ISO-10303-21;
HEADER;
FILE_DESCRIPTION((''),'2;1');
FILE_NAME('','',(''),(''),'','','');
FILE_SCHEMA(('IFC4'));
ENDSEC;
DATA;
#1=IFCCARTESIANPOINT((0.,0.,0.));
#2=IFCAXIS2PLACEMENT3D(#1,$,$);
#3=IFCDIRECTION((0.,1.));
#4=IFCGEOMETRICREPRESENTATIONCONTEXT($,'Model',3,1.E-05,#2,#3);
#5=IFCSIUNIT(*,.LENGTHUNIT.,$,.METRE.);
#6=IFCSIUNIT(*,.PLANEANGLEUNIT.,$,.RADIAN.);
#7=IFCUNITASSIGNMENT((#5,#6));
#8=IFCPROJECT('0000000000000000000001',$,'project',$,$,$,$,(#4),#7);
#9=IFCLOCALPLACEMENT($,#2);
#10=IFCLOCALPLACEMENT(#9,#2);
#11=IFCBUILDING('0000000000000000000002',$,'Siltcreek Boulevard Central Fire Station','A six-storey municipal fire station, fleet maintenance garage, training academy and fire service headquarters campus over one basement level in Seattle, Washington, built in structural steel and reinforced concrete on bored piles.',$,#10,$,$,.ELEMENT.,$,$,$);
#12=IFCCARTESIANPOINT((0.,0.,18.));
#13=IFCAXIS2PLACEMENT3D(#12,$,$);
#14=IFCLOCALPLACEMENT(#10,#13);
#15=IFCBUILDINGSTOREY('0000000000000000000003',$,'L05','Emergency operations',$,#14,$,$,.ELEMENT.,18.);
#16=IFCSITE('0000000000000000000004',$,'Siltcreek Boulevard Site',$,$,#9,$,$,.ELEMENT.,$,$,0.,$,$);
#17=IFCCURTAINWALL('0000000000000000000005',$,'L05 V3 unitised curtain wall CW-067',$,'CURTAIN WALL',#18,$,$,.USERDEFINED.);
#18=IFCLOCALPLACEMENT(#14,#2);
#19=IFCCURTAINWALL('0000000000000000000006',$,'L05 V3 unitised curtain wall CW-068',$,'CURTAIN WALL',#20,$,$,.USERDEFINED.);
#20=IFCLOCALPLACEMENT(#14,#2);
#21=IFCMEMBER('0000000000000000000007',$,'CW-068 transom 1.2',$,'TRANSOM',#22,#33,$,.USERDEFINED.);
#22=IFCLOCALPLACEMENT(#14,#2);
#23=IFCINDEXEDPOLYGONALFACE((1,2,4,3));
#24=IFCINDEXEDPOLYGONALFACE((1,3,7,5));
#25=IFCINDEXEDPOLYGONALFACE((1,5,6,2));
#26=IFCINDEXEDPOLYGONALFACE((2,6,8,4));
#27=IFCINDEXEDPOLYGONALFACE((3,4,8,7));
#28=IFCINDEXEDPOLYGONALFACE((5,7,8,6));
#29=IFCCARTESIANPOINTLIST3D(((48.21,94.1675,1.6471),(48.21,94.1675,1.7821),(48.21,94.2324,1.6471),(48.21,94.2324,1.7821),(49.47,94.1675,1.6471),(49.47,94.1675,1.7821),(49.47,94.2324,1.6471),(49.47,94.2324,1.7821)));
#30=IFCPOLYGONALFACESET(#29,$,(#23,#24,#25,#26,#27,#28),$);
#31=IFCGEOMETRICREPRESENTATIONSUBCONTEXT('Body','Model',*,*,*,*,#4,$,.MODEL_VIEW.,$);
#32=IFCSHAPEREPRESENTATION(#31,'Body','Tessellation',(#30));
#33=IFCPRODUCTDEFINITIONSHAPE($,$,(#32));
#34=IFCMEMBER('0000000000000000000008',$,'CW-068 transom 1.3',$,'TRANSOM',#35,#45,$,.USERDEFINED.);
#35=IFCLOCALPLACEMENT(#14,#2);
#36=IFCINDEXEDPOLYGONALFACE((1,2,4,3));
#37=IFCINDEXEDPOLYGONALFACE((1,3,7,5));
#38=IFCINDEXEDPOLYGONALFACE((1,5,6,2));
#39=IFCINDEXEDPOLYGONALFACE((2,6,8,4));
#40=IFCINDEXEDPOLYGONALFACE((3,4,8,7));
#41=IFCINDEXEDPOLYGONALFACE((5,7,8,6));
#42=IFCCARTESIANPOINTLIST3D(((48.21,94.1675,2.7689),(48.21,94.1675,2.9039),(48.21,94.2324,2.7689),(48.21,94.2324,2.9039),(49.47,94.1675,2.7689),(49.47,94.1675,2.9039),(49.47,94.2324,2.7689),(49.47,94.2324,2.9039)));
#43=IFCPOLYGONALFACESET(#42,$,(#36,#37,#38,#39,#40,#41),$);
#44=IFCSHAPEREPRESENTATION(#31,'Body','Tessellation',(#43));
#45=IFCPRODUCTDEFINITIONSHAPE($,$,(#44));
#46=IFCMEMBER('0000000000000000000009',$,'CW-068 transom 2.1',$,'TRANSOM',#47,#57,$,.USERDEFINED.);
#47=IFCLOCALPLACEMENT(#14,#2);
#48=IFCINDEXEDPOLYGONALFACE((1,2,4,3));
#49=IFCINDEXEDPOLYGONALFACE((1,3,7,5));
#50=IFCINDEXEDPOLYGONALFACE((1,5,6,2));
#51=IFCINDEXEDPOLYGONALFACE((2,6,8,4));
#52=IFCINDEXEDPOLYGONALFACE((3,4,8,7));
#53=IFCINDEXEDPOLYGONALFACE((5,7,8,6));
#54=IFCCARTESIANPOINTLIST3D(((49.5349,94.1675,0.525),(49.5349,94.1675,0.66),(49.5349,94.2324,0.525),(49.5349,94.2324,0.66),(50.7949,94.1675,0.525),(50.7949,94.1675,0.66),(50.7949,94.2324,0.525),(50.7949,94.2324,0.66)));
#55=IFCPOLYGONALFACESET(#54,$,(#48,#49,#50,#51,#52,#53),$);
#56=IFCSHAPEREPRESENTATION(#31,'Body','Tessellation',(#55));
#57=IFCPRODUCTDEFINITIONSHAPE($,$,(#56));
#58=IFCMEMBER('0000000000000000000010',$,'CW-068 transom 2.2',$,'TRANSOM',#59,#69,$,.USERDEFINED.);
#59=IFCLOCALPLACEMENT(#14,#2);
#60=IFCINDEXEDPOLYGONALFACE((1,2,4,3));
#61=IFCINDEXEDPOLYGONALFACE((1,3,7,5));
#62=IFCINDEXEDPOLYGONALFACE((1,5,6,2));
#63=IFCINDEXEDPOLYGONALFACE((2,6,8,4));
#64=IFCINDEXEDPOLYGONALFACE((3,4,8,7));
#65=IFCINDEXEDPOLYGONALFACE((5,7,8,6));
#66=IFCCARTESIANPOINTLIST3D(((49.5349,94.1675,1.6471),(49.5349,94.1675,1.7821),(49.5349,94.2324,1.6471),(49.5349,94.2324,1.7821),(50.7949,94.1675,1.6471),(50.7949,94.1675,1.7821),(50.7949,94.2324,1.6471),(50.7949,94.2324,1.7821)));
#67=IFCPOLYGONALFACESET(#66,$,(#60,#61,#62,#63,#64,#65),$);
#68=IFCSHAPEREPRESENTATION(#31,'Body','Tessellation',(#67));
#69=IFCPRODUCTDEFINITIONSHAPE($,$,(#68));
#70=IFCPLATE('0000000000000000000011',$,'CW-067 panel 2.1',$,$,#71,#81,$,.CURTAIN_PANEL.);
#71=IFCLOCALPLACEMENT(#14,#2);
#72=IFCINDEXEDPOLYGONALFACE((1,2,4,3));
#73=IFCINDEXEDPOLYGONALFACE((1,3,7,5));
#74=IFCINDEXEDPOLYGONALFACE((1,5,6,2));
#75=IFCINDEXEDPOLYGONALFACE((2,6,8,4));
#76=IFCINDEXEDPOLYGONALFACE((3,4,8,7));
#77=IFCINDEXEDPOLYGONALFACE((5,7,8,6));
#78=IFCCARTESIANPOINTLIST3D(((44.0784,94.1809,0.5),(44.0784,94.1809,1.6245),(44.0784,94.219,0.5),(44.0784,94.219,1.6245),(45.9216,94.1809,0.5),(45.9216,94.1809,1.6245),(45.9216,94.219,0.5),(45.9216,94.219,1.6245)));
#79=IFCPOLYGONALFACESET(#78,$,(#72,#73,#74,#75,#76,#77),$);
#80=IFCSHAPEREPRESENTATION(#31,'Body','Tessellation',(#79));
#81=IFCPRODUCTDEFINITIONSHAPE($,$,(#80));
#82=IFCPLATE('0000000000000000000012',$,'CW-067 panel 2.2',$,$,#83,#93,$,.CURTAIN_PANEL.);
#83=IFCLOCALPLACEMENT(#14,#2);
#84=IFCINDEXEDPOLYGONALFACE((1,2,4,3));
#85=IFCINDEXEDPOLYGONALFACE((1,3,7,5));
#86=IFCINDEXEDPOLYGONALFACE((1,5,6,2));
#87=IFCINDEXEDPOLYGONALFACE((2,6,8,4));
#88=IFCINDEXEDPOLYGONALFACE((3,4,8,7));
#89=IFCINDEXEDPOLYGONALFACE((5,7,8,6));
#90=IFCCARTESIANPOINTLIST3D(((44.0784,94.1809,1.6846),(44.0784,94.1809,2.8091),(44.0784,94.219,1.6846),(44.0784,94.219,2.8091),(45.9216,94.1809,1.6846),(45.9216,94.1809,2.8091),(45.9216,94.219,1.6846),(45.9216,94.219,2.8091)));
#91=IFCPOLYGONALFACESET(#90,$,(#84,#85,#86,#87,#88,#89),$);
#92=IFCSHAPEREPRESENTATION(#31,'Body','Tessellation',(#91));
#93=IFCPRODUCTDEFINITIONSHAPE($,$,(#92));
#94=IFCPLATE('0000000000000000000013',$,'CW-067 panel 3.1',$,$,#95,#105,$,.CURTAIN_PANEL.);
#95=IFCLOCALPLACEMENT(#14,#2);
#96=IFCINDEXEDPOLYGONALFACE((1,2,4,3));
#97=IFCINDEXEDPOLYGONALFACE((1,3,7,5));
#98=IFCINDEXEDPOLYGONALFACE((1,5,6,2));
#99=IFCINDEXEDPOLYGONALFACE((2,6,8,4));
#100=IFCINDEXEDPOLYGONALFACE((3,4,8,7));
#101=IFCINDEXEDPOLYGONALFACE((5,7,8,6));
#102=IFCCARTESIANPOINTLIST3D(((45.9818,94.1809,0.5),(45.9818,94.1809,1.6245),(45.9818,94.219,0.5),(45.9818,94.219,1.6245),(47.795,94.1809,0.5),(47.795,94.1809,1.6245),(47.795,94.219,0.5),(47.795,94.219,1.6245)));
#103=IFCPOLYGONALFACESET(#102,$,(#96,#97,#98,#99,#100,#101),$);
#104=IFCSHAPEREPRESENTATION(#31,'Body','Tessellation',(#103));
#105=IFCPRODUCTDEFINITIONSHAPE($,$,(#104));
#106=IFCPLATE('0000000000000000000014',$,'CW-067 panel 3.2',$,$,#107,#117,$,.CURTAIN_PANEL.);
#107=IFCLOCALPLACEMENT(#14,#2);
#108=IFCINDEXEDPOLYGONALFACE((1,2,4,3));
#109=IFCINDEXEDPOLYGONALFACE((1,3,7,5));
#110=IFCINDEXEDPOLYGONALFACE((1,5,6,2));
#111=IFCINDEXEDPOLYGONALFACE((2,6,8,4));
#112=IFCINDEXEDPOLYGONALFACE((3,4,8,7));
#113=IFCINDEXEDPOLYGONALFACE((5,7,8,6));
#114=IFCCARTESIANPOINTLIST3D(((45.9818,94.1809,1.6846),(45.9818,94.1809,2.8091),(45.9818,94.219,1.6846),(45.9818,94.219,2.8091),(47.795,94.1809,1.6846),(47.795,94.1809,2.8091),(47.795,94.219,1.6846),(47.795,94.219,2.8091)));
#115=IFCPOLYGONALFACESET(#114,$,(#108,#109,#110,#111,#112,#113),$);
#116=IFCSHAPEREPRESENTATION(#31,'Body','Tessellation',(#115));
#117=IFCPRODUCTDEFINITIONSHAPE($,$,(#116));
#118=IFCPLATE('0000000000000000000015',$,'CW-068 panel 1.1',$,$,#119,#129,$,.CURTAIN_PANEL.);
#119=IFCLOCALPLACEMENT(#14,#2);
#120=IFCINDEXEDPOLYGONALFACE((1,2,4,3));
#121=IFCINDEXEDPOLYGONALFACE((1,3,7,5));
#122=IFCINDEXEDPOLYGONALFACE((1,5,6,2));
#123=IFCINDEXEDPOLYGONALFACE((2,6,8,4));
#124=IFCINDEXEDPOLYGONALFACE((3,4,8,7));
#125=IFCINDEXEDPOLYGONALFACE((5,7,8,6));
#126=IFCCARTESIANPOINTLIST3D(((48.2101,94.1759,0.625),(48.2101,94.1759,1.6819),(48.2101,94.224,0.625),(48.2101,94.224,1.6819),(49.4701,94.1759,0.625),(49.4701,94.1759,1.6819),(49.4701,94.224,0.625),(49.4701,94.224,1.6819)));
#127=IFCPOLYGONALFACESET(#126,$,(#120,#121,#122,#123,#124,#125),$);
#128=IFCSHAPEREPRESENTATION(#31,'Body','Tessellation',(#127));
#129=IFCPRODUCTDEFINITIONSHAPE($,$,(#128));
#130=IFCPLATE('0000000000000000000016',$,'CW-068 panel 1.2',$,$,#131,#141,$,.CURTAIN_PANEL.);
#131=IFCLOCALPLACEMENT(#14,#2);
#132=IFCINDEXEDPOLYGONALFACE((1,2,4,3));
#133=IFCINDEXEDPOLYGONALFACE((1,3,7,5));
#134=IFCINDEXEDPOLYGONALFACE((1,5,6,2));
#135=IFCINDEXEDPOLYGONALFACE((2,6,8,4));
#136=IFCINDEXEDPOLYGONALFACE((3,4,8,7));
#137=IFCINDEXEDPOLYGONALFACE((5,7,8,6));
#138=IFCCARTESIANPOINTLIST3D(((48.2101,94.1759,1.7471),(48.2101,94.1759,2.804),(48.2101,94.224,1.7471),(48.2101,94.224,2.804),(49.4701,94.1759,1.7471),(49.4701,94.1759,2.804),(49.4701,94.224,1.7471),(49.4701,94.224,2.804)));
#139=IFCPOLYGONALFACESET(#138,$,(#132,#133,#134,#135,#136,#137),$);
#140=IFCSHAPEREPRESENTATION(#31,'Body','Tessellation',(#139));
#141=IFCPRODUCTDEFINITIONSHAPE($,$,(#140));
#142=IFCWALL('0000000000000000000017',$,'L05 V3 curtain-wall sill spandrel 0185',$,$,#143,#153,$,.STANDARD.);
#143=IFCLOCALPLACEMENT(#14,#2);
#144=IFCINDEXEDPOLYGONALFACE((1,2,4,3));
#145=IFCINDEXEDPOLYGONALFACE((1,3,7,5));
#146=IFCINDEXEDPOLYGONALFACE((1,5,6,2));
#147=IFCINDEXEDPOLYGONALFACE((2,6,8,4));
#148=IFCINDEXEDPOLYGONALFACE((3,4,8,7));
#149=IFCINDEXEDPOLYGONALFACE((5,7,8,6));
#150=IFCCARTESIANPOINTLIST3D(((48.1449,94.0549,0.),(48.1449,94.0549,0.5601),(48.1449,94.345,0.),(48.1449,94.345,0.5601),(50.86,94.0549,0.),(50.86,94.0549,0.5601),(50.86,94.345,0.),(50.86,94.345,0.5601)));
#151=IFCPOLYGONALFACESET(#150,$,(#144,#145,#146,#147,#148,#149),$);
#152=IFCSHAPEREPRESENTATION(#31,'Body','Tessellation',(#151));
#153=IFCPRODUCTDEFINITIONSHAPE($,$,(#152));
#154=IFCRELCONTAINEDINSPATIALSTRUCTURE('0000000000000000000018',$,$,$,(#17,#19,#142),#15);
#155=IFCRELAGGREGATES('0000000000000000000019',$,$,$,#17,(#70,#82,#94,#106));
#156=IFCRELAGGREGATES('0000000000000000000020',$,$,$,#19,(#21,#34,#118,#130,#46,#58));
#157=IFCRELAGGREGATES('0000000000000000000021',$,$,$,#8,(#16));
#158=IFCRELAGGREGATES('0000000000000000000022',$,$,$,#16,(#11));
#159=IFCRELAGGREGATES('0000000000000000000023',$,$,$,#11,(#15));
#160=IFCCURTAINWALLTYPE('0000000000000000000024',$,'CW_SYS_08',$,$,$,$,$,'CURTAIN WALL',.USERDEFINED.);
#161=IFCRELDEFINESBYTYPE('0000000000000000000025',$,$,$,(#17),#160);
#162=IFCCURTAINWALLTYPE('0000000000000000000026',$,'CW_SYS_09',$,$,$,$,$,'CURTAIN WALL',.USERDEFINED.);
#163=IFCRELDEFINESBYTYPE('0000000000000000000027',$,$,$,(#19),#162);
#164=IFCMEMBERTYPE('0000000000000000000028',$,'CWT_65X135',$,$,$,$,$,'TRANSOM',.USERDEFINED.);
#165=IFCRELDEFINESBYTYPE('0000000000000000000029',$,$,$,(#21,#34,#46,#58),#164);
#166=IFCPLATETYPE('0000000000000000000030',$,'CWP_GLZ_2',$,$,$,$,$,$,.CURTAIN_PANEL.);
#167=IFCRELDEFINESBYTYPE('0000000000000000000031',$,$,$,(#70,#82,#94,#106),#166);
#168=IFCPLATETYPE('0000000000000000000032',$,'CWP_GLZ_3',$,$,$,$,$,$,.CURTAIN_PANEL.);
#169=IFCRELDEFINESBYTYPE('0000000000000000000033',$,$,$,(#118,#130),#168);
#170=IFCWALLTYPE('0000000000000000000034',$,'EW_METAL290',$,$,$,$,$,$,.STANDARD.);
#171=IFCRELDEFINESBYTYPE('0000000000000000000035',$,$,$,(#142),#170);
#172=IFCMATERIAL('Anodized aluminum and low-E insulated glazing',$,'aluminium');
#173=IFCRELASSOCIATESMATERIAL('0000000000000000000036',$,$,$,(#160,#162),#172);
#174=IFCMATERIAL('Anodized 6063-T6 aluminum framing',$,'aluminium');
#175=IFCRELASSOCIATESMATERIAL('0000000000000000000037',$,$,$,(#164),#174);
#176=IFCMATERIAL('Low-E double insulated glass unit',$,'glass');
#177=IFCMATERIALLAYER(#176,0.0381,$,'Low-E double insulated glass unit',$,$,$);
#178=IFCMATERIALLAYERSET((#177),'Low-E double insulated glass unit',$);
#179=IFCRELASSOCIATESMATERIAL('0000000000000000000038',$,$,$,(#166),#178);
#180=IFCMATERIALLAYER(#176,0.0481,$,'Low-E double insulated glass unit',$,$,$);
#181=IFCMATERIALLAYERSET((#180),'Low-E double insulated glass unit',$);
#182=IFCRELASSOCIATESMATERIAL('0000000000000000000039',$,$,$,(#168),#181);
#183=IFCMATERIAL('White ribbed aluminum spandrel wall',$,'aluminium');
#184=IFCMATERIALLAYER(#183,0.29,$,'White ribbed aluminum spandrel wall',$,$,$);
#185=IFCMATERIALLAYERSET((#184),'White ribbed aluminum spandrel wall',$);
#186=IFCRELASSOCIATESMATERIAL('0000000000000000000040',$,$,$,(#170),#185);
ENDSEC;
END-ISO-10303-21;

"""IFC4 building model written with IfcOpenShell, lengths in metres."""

from ifc_helpers import new_model, si_unit, direction, frame, frame_2d, origin, origin_2d, place, context, subcontext, project, spatial, rectangle, extrude, material, layer, layer_set, material_profile, profile_set, type_object, element, aggregate, save


model = new_model("IFC4")

# Units and contexts
model_context = context("Model", 3, precision=1e-05, world=origin(), true_north=direction((0.0, 1.0)))
body_context = subcontext(model_context, "Body", "Model", "MODEL_VIEW")
ifc_project = project(units=[si_unit("LENGTHUNIT", "METRE"), si_unit("PLANEANGLEUNIT", "RADIAN")], contexts=[model_context])

# Site, building, storey
site_placement = place(None, origin())
site = spatial("IfcSite", under=ifc_project, at=site_placement, Name="Siltcreek Boulevard Site", CompositionType="ELEMENT", RefElevation=0.0)
building_placement = place(site_placement, origin())
building = spatial("IfcBuilding", under=site, at=building_placement, Name="Siltcreek Boulevard Central Fire Station", Description="A six-storey municipal fire station, fleet maintenance garage, training academy and fire service headquarters campus over one basement level in Seattle, Washington, built in structural steel and reinforced concrete on bored piles.", CompositionType="ELEMENT")
storey_placement = place(building_placement, frame((0.0, 0.0, 18.0)))
storey = spatial("IfcBuildingStorey", under=building, at=storey_placement, Name="L05", Description="Emergency operations", CompositionType="ELEMENT", Elevation=18.0)

# Curtain walls
ifc_material_1 = material(Name="Anodized aluminum and low-E insulated glazing", Category="aluminium")
curtain_wall_type_1 = type_object("IfcCurtainWallType", Name="CW_SYS_08", ElementType="CURTAIN WALL", PredefinedType="USERDEFINED", material=ifc_material_1)
curtain_wall_1_placement = place(storey_placement, origin())
curtain_wall_1 = element("IfcCurtainWall", 1, at=curtain_wall_1_placement, inside=storey, type_object=curtain_wall_type_1, Name="L05 V3 unitised curtain wall CW-067", ObjectType="CURTAIN WALL", PredefinedType="USERDEFINED")
ifc_material_2 = material(Name="Anodized 6063-T6 aluminum framing", Category="aluminium")
curtain_wall_type_2 = type_object("IfcCurtainWallType", Name="CW_SYS_09", ElementType="CURTAIN WALL", PredefinedType="USERDEFINED", material=ifc_material_1)
curtain_wall_2_placement = place(storey_placement, origin())
curtain_wall_2 = element("IfcCurtainWall", 2, at=curtain_wall_2_placement, inside=storey, type_object=curtain_wall_type_2, Name="L05 V3 unitised curtain wall CW-068", ObjectType="CURTAIN WALL", PredefinedType="USERDEFINED")

# Members
ifc_material_profile_1 = material_profile(ifc_material_2, rectangle(XDim=0.0649, YDim=0.135, at=origin_2d()), Name="TRAN65X135")
ifc_profile_set_1 = profile_set([ifc_material_profile_1], Name="Anodized 6063-T6 aluminum framing")
member_type_1 = type_object("IfcMemberType", Name="CWT_65X135", ElementType="TRANSOM", PredefinedType="USERDEFINED", material=ifc_profile_set_1)
member_1_placement = place(storey_placement, frame((48.21, 94.2, 1.7146), z_axis=(1.0, 0.0, 0.0), x_axis=(0.0, 1.0, 0.0)))
member_1 = element("IfcMember", 3, at=member_1_placement, type_object=member_type_1, Name="CW-068 transom 1.2", ObjectType="TRANSOM", PredefinedType="USERDEFINED", context=body_context, shape_type="SweptSolid", body=[
    extrude(rectangle(XDim=0.0649, YDim=0.135, at=origin_2d()), origin(), (0.0, 0.0, 1.0), 1.26),
])
member_2_placement = place(storey_placement, frame((48.21, 94.2, 2.8364), z_axis=(1.0, 0.0, 0.0), x_axis=(0.0, 1.0, 0.0)))
member_2 = element("IfcMember", 4, at=member_2_placement, type_object=member_type_1, Name="CW-068 transom 1.3", ObjectType="TRANSOM", PredefinedType="USERDEFINED", context=body_context, shape_type="SweptSolid", body=[
    extrude(rectangle(XDim=0.0649, YDim=0.135, at=origin_2d()), origin(), (0.0, 0.0, 1.0), 1.26),
])
member_3_placement = place(storey_placement, frame((49.5349, 94.2, 0.5925), z_axis=(1.0, 0.0, 0.0), x_axis=(0.0, 1.0, 0.0)))
member_3 = element("IfcMember", 5, at=member_3_placement, type_object=member_type_1, Name="CW-068 transom 2.1", ObjectType="TRANSOM", PredefinedType="USERDEFINED", context=body_context, shape_type="SweptSolid", body=[
    extrude(rectangle(XDim=0.0649, YDim=0.135, at=origin_2d()), origin(), (0.0, 0.0, 1.0), 1.26),
])
member_4_placement = place(storey_placement, frame((49.5349, 94.2, 1.7146), z_axis=(1.0, 0.0, 0.0), x_axis=(0.0, 1.0, 0.0)))
member_4 = element("IfcMember", 6, at=member_4_placement, type_object=member_type_1, Name="CW-068 transom 2.2", ObjectType="TRANSOM", PredefinedType="USERDEFINED", context=body_context, shape_type="SweptSolid", body=[
    extrude(rectangle(XDim=0.0649, YDim=0.135, at=origin_2d()), origin(), (0.0, 0.0, 1.0), 1.26),
])

# Plates
ifc_material_3 = material(Name="Low-E double insulated glass unit", Category="glass")
ifc_layer_1 = layer(ifc_material_3, 0.0381, Name="Low-E double insulated glass unit")
ifc_layer_set_1 = layer_set([ifc_layer_1], Name="Low-E double insulated glass unit")
plate_type_1 = type_object("IfcPlateType", Name="CWP_GLZ_2", PredefinedType="CURTAIN_PANEL", material=ifc_layer_set_1)
plate_1_placement = place(storey_placement, frame((45.0, 94.2, 0.5), z_axis=(0.0, 0.0, 1.0), x_axis=(1.0, 0.0, 0.0)))
plate_1 = element("IfcPlate", 7, at=plate_1_placement, type_object=plate_type_1, Name="CW-067 panel 2.1", PredefinedType="CURTAIN_PANEL", context=body_context, shape_type="SweptSolid", body=[
    extrude(rectangle(XDim=1.8433, YDim=0.0381, at=origin_2d()), origin(), (0.0, 0.0, 1.0), 1.1245),
])
plate_2_placement = place(storey_placement, frame((45.0, 94.2, 1.6846), z_axis=(0.0, 0.0, 1.0), x_axis=(1.0, 0.0, 0.0)))
plate_2 = element("IfcPlate", 8, at=plate_2_placement, type_object=plate_type_1, Name="CW-067 panel 2.2", PredefinedType="CURTAIN_PANEL", context=body_context, shape_type="SweptSolid", body=[
    extrude(rectangle(XDim=1.8433, YDim=0.0381, at=origin_2d()), origin(), (0.0, 0.0, 1.0), 1.1245),
])
plate_3_placement = place(storey_placement, frame((46.8884, 94.2, 0.5), z_axis=(0.0, 0.0, 1.0), x_axis=(1.0, 0.0, 0.0)))
plate_3 = element("IfcPlate", 9, at=plate_3_placement, type_object=plate_type_1, Name="CW-067 panel 3.1", PredefinedType="CURTAIN_PANEL", context=body_context, shape_type="SweptSolid", body=[
    extrude(rectangle(XDim=1.8132, YDim=0.0381, at=origin_2d()), origin(), (0.0, 0.0, 1.0), 1.1245),
])
plate_4_placement = place(storey_placement, frame((46.8884, 94.2, 1.6846), z_axis=(0.0, 0.0, 1.0), x_axis=(1.0, 0.0, 0.0)))
plate_4 = element("IfcPlate", 10, at=plate_4_placement, type_object=plate_type_1, Name="CW-067 panel 3.2", PredefinedType="CURTAIN_PANEL", context=body_context, shape_type="SweptSolid", body=[
    extrude(rectangle(XDim=1.8132, YDim=0.0381, at=origin_2d()), origin(), (0.0, 0.0, 1.0), 1.1245),
])
aggregate(curtain_wall_1, [plate_1, plate_2, plate_3, plate_4])
ifc_layer_2 = layer(ifc_material_3, 0.0481, Name="Low-E double insulated glass unit")
ifc_layer_set_2 = layer_set([ifc_layer_2], Name="Low-E double insulated glass unit")
plate_type_2 = type_object("IfcPlateType", Name="CWP_GLZ_3", PredefinedType="CURTAIN_PANEL", material=ifc_layer_set_2)
plate_5_placement = place(storey_placement, frame((48.8401, 94.2, 0.625), z_axis=(0.0, 0.0, 1.0), x_axis=(1.0, 0.0, 0.0)))
plate_5 = element("IfcPlate", 11, at=plate_5_placement, type_object=plate_type_2, Name="CW-068 panel 1.1", PredefinedType="CURTAIN_PANEL", context=body_context, shape_type="SweptSolid", body=[
    extrude(rectangle(XDim=1.26, YDim=0.0481, at=origin_2d()), origin(), (0.0, 0.0, 1.0), 1.0569),
])
plate_6_placement = place(storey_placement, frame((48.8401, 94.2, 1.7471), z_axis=(0.0, 0.0, 1.0), x_axis=(1.0, 0.0, 0.0)))
plate_6 = element("IfcPlate", 12, at=plate_6_placement, type_object=plate_type_2, Name="CW-068 panel 1.2", PredefinedType="CURTAIN_PANEL", context=body_context, shape_type="SweptSolid", body=[
    extrude(rectangle(XDim=1.26, YDim=0.0481, at=origin_2d()), origin(), (0.0, 0.0, 1.0), 1.0569),
])
aggregate(curtain_wall_2, [member_1, member_2, plate_5, plate_6, member_3, member_4])

# Wall
ifc_material_4 = material(Name="White ribbed aluminum spandrel wall", Category="aluminium")
ifc_layer_3 = layer(ifc_material_4, 0.29, Name="White ribbed aluminum spandrel wall")
ifc_layer_set_3 = layer_set([ifc_layer_3], Name="White ribbed aluminum spandrel wall")
wall_type = type_object("IfcWallType", Name="EW_METAL290", PredefinedType="STANDARD", material=ifc_layer_set_3)
wall_placement = place(storey_placement, frame((48.145, 94.2, 0.0), z_axis=(0.0, 0.0, 1.0), x_axis=(1.0, 0.0, 0.0)))
element("IfcWall", 13, at=wall_placement, inside=storey, type_object=wall_type, Name="L05 V3 curtain-wall sill spandrel 0185", PredefinedType="STANDARD", context=body_context, shape_type="SweptSolid", body=[
    extrude(rectangle(XDim=2.7151, YDim=0.29, at=frame_2d((1.3574, 0.0))), origin(), (0.0, 0.0, 1.0), 0.5601),
])

save(model, "model.ifc")
